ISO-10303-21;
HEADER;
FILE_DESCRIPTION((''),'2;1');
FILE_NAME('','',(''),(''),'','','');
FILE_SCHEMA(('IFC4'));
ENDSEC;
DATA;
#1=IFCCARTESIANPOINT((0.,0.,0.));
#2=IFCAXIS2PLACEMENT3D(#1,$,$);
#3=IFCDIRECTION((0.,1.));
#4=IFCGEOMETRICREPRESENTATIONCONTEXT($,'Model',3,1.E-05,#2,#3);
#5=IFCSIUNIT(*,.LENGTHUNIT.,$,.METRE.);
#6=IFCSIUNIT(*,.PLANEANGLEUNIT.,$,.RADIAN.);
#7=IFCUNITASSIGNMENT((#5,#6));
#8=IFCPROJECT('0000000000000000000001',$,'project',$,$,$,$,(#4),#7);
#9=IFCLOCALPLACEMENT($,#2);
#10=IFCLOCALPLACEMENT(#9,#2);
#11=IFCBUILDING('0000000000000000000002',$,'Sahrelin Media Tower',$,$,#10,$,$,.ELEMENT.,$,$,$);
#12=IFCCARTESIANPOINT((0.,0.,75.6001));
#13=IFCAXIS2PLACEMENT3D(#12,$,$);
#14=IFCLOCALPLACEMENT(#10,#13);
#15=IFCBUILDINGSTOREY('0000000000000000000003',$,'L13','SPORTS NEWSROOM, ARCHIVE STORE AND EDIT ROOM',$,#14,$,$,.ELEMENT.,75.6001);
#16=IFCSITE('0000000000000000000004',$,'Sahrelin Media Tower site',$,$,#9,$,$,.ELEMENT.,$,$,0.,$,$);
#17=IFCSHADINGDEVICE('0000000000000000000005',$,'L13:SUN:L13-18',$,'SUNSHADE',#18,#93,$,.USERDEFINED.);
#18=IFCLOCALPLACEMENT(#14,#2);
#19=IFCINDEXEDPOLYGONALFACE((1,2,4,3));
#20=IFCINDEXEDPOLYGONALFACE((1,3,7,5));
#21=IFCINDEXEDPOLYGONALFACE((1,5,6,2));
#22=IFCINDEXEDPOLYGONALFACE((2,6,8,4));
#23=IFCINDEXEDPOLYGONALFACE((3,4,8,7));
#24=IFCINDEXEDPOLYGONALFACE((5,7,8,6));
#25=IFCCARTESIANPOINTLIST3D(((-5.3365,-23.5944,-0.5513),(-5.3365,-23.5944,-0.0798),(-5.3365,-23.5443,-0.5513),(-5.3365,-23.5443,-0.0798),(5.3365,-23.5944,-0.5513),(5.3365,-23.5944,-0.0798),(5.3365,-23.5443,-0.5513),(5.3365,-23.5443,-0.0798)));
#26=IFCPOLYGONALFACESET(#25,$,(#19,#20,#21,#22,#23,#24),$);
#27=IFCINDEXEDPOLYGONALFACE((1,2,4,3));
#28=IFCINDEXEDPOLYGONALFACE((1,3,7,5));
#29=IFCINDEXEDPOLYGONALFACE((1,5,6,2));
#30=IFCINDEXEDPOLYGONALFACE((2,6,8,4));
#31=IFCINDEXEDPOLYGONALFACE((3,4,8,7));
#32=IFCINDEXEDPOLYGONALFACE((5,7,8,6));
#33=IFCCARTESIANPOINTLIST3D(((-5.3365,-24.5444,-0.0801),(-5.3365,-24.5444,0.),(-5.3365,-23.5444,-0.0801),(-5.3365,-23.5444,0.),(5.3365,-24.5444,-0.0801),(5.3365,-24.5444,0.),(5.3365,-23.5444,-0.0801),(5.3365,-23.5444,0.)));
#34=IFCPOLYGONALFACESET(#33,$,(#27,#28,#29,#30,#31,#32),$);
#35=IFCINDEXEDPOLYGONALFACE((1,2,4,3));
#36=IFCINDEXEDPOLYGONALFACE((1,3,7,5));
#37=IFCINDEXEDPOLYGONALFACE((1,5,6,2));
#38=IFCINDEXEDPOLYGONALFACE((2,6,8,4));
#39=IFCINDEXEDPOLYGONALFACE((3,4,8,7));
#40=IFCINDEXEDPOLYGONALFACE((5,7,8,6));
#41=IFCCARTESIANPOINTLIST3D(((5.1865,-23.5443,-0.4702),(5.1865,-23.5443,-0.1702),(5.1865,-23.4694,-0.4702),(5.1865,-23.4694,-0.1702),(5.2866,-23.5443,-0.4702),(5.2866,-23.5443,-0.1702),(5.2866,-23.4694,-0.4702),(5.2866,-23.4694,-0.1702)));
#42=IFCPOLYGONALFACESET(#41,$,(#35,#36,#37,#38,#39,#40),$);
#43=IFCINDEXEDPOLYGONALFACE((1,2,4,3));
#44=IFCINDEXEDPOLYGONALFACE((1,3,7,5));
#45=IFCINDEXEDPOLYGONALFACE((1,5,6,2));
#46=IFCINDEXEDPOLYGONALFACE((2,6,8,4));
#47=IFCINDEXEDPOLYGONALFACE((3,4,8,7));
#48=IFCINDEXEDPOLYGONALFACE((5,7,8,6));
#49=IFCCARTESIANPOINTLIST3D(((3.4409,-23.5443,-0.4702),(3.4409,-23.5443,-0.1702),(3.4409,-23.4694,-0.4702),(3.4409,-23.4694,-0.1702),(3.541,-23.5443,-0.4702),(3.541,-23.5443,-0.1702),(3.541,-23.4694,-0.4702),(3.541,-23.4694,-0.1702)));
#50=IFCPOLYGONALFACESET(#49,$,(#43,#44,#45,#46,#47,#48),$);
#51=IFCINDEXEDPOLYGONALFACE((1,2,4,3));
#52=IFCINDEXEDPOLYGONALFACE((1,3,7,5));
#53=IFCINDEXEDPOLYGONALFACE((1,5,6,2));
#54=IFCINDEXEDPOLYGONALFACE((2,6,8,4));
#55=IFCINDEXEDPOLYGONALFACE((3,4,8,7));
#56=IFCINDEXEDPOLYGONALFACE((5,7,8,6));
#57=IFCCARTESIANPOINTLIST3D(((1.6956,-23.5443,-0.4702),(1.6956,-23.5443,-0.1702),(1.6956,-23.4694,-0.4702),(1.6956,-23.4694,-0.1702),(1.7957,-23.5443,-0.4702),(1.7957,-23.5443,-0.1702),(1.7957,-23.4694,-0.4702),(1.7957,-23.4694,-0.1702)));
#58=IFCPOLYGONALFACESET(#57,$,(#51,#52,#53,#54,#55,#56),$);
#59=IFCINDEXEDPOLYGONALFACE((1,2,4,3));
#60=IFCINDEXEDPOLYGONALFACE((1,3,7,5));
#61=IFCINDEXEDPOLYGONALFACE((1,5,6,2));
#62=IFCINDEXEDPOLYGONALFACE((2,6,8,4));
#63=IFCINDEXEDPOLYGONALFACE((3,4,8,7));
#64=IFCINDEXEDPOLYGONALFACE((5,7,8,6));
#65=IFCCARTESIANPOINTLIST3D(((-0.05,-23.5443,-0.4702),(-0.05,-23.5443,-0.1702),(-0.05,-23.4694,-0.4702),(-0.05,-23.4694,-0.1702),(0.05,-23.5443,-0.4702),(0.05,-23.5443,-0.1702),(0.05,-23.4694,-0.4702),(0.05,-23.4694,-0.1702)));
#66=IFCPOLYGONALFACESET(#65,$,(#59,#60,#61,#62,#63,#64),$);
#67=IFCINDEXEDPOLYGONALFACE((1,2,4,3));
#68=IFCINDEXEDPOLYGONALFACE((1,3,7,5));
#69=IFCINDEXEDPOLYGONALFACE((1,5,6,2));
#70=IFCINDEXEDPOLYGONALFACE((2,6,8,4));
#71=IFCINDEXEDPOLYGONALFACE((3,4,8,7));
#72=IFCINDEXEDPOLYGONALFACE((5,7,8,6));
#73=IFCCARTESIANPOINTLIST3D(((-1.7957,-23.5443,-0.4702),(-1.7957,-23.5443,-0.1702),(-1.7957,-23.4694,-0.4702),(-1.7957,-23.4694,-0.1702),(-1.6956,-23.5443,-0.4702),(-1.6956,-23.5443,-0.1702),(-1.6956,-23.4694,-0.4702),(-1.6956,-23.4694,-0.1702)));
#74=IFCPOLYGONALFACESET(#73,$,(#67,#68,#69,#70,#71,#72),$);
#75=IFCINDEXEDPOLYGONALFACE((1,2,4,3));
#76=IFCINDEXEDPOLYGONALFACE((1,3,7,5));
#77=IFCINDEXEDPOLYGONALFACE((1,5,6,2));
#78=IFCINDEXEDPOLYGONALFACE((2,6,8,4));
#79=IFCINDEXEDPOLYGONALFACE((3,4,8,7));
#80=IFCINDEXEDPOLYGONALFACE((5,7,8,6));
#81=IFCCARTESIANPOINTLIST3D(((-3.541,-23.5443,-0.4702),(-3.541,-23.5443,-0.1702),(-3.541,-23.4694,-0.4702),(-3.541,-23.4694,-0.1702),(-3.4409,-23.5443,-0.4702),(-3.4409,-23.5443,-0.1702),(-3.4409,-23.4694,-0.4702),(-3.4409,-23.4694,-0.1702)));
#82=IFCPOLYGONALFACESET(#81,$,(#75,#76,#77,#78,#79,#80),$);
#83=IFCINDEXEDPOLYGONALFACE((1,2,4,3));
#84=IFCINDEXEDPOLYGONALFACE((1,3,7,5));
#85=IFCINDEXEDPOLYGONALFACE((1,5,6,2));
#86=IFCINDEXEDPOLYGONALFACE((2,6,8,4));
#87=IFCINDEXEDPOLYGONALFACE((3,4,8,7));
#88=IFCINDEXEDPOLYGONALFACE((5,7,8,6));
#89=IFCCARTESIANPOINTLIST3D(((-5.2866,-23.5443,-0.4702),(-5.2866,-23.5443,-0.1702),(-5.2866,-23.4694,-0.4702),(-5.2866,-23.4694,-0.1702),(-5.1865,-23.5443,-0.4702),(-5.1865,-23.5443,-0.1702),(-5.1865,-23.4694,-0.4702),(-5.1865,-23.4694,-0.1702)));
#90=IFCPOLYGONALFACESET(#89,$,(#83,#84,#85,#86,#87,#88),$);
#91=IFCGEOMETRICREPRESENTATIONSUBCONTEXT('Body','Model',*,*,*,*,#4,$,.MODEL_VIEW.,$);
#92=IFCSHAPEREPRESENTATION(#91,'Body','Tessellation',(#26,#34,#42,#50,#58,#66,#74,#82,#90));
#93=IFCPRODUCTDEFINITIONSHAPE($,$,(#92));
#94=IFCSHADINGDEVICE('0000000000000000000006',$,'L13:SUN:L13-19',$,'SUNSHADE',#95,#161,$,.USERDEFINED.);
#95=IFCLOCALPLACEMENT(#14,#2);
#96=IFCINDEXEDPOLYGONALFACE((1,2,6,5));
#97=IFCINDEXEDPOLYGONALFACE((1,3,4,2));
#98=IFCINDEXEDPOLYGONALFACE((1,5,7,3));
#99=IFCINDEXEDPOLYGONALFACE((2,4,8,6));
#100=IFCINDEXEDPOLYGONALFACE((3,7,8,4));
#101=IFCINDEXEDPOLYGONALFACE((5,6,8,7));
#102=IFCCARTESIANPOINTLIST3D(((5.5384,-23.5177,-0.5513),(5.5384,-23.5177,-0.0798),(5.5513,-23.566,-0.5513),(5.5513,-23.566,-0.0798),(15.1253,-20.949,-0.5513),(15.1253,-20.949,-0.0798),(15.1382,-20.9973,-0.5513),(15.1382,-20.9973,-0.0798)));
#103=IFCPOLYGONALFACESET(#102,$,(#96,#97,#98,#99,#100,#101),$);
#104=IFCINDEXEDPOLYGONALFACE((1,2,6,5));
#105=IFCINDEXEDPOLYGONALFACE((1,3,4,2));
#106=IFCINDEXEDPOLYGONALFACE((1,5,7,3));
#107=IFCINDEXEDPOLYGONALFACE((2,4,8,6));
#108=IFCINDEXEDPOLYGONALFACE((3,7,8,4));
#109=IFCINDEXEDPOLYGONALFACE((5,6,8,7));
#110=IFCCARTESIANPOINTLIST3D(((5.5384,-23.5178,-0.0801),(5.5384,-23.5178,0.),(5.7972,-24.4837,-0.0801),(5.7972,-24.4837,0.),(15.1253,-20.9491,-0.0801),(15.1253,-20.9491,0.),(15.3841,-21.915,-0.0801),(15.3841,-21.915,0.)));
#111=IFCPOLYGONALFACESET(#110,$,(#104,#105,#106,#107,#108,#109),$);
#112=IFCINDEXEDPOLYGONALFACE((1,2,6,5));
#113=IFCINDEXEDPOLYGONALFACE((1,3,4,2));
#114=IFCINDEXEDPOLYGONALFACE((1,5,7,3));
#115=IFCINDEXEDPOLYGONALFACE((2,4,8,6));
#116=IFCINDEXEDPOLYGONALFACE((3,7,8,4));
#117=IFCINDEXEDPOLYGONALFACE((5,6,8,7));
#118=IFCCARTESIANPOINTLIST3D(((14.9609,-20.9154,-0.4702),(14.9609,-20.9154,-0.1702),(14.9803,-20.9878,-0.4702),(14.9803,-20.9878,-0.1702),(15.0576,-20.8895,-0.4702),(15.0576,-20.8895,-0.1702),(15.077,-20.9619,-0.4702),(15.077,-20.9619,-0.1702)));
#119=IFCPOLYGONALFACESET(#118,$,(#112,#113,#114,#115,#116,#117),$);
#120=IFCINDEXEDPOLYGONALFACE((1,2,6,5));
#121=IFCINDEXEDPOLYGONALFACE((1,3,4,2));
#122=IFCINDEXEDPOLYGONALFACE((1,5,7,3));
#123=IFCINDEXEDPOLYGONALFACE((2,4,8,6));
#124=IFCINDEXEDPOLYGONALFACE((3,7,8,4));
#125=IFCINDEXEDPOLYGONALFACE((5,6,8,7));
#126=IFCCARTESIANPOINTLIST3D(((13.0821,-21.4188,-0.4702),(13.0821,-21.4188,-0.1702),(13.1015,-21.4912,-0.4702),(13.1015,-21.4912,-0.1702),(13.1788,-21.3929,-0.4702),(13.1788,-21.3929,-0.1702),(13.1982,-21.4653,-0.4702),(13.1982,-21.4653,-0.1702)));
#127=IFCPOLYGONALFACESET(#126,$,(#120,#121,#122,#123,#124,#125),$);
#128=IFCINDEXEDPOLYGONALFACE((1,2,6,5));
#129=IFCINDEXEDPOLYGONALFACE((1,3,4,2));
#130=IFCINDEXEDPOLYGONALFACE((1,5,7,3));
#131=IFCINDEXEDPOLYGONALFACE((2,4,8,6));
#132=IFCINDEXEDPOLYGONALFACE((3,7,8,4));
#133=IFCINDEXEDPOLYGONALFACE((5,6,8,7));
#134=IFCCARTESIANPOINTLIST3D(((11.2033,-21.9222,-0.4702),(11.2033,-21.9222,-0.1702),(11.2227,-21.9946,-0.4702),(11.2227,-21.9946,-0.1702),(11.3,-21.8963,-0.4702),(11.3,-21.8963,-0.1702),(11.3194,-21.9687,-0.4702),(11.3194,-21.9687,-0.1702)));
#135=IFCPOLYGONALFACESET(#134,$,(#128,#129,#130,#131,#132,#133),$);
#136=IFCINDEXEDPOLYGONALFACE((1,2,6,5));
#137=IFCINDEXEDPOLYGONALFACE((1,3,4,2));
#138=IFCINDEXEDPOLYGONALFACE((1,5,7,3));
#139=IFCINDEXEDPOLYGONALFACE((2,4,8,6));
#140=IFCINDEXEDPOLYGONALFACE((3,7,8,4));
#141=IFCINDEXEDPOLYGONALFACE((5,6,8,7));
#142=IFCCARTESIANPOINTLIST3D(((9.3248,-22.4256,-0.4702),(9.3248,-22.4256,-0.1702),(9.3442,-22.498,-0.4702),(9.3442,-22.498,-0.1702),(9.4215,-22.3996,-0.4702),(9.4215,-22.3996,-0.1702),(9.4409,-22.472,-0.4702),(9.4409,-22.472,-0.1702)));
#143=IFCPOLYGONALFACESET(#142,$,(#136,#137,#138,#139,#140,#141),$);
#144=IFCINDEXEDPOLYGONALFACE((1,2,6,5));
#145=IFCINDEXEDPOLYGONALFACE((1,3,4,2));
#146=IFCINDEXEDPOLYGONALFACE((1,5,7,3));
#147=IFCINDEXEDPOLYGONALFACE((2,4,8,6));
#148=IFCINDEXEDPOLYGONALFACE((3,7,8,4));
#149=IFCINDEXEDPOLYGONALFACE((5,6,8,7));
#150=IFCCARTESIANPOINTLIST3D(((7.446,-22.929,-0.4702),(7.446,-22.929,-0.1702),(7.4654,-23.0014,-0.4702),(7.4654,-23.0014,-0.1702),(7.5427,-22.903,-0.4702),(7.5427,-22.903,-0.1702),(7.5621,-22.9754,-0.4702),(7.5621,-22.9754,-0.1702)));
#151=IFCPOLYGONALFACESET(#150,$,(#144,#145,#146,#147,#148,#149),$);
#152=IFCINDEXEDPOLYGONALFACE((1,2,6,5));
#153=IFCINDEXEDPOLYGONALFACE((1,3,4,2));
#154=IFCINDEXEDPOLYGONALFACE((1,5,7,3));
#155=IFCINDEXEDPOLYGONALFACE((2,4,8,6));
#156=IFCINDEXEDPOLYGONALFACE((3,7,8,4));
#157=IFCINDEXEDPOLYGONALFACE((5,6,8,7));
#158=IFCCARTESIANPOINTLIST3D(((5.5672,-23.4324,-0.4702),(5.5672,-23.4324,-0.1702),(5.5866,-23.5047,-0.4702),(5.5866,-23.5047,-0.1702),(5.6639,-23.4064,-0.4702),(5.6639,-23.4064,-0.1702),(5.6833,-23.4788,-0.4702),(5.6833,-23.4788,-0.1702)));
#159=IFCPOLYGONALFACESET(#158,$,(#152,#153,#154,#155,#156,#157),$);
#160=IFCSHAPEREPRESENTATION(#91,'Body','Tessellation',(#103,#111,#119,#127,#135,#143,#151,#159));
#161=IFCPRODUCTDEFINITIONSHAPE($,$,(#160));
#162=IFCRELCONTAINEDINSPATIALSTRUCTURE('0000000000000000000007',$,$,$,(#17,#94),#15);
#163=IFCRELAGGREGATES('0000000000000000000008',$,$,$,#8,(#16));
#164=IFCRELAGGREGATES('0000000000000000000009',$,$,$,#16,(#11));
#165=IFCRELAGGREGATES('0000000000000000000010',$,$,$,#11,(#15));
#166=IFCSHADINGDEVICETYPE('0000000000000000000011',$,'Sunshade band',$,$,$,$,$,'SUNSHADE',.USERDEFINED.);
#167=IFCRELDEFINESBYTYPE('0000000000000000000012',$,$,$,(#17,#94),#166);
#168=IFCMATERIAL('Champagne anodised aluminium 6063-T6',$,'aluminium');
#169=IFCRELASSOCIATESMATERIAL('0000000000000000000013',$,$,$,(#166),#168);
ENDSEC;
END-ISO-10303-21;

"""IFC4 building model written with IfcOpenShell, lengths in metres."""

from ifc_helpers import new_model, si_unit, direction, frame, origin, origin_2d, place, context, subcontext, project, spatial, rectangle, extrude, material, type_object, element, save


model = new_model("IFC4")

# Units and contexts
model_context = context("Model", 3, precision=1e-05, world=origin(), true_north=direction((0.0, 1.0)))
body_context = subcontext(model_context, "Body", "Model", "MODEL_VIEW")
ifc_project = project(units=[si_unit("LENGTHUNIT", "METRE"), si_unit("PLANEANGLEUNIT", "RADIAN")], contexts=[model_context])

# Site, building, storey
site_placement = place(None, origin())
site = spatial("IfcSite", under=ifc_project, at=site_placement, Name="Sahrelin Media Tower site", CompositionType="ELEMENT", RefElevation=0.0)
building_placement = place(site_placement, origin())
building = spatial("IfcBuilding", under=site, at=building_placement, Name="Sahrelin Media Tower", CompositionType="ELEMENT")
storey_placement = place(building_placement, frame((0.0, 0.0, 75.6001)))
storey = spatial("IfcBuildingStorey", under=building, at=storey_placement, Name="L13", Description="SPORTS NEWSROOM, ARCHIVE STORE AND EDIT ROOM", CompositionType="ELEMENT", Elevation=75.6001)

# Shared definitions
ifc_material_1 = material(Name="Champagne anodised aluminium 6063-T6", Category="aluminium")

# Shading devices
placement_1 = place(storey_placement, frame((0.0, -23.5244, 0.0), z_axis=(0.0, 0.0, 1.0), x_axis=(-1.0, 0.0, 0.0)))
placement_2 = place(storey_placement, frame((10.3267, -22.2141, 0.0), z_axis=(0.0, 0.0, 1.0), x_axis=(-0.965929, -0.258808, 0.0)))
shading_device_type_1 = type_object("IfcShadingDeviceType", Name="Sunshade band", ElementType="SUNSHADE", PredefinedType="USERDEFINED", material=ifc_material_1)
element("IfcShadingDevice", 1, at=placement_1, inside=storey, type_object=shading_device_type_1, Name="L13:SUN:L13-18", ObjectType="SUNSHADE", PredefinedType="USERDEFINED", context=body_context, shape_type="SweptSolid", body=[
    extrude(rectangle(XDim=10.6731, YDim=0.05, at=origin_2d()), frame((0.0, 0.0449, -0.5513)), (0.0, 0.0, 1.0), 0.4714),
    extrude(rectangle(XDim=10.6731, YDim=1.0, at=origin_2d()), frame((0.0, 0.52, -0.0801)), (0.0, 0.0, 1.0), 0.0801),
    extrude(rectangle(XDim=0.1001, YDim=0.075, at=origin_2d()), frame((-5.2366, -0.0176, -0.4702)), (0.0, 0.0, 1.0), 0.3),
    extrude(rectangle(XDim=0.1001, YDim=0.075, at=origin_2d()), frame((-3.491, -0.0176, -0.4702)), (0.0, 0.0, 1.0), 0.3),
    extrude(rectangle(XDim=0.1001, YDim=0.075, at=origin_2d()), frame((-1.7456, -0.0176, -0.4702)), (0.0, 0.0, 1.0), 0.3),
    extrude(rectangle(XDim=0.1001, YDim=0.075, at=origin_2d()), frame((0.0, -0.0176, -0.4702)), (0.0, 0.0, 1.0), 0.3),
    extrude(rectangle(XDim=0.1001, YDim=0.075, at=origin_2d()), frame((1.7456, -0.0176, -0.4702)), (0.0, 0.0, 1.0), 0.3),
    extrude(rectangle(XDim=0.1001, YDim=0.075, at=origin_2d()), frame((3.491, -0.0176, -0.4702)), (0.0, 0.0, 1.0), 0.3),
    extrude(rectangle(XDim=0.1001, YDim=0.075, at=origin_2d()), frame((5.2366, -0.0176, -0.4702)), (0.0, 0.0, 1.0), 0.3),
])
element("IfcShadingDevice", 2, at=placement_2, inside=storey, type_object=shading_device_type_1, Name="L13:SUN:L13-19", ObjectType="SUNSHADE", PredefinedType="USERDEFINED", context=body_context, shape_type="SweptSolid", body=[
    extrude(rectangle(XDim=9.925, YDim=0.05, at=origin_2d()), frame((0.0, 0.0449, -0.5513)), (0.0, 0.0, 1.0), 0.4714),
    extrude(rectangle(XDim=9.925, YDim=1.0, at=origin_2d()), frame((0.0, 0.52, -0.0801)), (0.0, 0.0, 1.0), 0.0801),
    extrude(rectangle(XDim=0.1001, YDim=0.075, at=origin_2d()), frame((-4.8625, -0.0176, -0.4702)), (0.0, 0.0, 1.0), 0.3),
    extrude(rectangle(XDim=0.1001, YDim=0.075, at=origin_2d()), frame((-2.9175, -0.0176, -0.4702)), (0.0, 0.0, 1.0), 0.3),
    extrude(rectangle(XDim=0.1001, YDim=0.075, at=origin_2d()), frame((-0.9724, -0.0176, -0.4702)), (0.0, 0.0, 1.0), 0.3),
    extrude(rectangle(XDim=0.1001, YDim=0.075, at=origin_2d()), frame((0.9724, -0.0176, -0.4702)), (0.0, 0.0, 1.0), 0.3),
    extrude(rectangle(XDim=0.1001, YDim=0.075, at=origin_2d()), frame((2.9175, -0.0176, -0.4702)), (0.0, 0.0, 1.0), 0.3),
    extrude(rectangle(XDim=0.1001, YDim=0.075, at=origin_2d()), frame((4.8625, -0.0176, -0.4702)), (0.0, 0.0, 1.0), 0.3),
])

save(model, "model.ifc")
